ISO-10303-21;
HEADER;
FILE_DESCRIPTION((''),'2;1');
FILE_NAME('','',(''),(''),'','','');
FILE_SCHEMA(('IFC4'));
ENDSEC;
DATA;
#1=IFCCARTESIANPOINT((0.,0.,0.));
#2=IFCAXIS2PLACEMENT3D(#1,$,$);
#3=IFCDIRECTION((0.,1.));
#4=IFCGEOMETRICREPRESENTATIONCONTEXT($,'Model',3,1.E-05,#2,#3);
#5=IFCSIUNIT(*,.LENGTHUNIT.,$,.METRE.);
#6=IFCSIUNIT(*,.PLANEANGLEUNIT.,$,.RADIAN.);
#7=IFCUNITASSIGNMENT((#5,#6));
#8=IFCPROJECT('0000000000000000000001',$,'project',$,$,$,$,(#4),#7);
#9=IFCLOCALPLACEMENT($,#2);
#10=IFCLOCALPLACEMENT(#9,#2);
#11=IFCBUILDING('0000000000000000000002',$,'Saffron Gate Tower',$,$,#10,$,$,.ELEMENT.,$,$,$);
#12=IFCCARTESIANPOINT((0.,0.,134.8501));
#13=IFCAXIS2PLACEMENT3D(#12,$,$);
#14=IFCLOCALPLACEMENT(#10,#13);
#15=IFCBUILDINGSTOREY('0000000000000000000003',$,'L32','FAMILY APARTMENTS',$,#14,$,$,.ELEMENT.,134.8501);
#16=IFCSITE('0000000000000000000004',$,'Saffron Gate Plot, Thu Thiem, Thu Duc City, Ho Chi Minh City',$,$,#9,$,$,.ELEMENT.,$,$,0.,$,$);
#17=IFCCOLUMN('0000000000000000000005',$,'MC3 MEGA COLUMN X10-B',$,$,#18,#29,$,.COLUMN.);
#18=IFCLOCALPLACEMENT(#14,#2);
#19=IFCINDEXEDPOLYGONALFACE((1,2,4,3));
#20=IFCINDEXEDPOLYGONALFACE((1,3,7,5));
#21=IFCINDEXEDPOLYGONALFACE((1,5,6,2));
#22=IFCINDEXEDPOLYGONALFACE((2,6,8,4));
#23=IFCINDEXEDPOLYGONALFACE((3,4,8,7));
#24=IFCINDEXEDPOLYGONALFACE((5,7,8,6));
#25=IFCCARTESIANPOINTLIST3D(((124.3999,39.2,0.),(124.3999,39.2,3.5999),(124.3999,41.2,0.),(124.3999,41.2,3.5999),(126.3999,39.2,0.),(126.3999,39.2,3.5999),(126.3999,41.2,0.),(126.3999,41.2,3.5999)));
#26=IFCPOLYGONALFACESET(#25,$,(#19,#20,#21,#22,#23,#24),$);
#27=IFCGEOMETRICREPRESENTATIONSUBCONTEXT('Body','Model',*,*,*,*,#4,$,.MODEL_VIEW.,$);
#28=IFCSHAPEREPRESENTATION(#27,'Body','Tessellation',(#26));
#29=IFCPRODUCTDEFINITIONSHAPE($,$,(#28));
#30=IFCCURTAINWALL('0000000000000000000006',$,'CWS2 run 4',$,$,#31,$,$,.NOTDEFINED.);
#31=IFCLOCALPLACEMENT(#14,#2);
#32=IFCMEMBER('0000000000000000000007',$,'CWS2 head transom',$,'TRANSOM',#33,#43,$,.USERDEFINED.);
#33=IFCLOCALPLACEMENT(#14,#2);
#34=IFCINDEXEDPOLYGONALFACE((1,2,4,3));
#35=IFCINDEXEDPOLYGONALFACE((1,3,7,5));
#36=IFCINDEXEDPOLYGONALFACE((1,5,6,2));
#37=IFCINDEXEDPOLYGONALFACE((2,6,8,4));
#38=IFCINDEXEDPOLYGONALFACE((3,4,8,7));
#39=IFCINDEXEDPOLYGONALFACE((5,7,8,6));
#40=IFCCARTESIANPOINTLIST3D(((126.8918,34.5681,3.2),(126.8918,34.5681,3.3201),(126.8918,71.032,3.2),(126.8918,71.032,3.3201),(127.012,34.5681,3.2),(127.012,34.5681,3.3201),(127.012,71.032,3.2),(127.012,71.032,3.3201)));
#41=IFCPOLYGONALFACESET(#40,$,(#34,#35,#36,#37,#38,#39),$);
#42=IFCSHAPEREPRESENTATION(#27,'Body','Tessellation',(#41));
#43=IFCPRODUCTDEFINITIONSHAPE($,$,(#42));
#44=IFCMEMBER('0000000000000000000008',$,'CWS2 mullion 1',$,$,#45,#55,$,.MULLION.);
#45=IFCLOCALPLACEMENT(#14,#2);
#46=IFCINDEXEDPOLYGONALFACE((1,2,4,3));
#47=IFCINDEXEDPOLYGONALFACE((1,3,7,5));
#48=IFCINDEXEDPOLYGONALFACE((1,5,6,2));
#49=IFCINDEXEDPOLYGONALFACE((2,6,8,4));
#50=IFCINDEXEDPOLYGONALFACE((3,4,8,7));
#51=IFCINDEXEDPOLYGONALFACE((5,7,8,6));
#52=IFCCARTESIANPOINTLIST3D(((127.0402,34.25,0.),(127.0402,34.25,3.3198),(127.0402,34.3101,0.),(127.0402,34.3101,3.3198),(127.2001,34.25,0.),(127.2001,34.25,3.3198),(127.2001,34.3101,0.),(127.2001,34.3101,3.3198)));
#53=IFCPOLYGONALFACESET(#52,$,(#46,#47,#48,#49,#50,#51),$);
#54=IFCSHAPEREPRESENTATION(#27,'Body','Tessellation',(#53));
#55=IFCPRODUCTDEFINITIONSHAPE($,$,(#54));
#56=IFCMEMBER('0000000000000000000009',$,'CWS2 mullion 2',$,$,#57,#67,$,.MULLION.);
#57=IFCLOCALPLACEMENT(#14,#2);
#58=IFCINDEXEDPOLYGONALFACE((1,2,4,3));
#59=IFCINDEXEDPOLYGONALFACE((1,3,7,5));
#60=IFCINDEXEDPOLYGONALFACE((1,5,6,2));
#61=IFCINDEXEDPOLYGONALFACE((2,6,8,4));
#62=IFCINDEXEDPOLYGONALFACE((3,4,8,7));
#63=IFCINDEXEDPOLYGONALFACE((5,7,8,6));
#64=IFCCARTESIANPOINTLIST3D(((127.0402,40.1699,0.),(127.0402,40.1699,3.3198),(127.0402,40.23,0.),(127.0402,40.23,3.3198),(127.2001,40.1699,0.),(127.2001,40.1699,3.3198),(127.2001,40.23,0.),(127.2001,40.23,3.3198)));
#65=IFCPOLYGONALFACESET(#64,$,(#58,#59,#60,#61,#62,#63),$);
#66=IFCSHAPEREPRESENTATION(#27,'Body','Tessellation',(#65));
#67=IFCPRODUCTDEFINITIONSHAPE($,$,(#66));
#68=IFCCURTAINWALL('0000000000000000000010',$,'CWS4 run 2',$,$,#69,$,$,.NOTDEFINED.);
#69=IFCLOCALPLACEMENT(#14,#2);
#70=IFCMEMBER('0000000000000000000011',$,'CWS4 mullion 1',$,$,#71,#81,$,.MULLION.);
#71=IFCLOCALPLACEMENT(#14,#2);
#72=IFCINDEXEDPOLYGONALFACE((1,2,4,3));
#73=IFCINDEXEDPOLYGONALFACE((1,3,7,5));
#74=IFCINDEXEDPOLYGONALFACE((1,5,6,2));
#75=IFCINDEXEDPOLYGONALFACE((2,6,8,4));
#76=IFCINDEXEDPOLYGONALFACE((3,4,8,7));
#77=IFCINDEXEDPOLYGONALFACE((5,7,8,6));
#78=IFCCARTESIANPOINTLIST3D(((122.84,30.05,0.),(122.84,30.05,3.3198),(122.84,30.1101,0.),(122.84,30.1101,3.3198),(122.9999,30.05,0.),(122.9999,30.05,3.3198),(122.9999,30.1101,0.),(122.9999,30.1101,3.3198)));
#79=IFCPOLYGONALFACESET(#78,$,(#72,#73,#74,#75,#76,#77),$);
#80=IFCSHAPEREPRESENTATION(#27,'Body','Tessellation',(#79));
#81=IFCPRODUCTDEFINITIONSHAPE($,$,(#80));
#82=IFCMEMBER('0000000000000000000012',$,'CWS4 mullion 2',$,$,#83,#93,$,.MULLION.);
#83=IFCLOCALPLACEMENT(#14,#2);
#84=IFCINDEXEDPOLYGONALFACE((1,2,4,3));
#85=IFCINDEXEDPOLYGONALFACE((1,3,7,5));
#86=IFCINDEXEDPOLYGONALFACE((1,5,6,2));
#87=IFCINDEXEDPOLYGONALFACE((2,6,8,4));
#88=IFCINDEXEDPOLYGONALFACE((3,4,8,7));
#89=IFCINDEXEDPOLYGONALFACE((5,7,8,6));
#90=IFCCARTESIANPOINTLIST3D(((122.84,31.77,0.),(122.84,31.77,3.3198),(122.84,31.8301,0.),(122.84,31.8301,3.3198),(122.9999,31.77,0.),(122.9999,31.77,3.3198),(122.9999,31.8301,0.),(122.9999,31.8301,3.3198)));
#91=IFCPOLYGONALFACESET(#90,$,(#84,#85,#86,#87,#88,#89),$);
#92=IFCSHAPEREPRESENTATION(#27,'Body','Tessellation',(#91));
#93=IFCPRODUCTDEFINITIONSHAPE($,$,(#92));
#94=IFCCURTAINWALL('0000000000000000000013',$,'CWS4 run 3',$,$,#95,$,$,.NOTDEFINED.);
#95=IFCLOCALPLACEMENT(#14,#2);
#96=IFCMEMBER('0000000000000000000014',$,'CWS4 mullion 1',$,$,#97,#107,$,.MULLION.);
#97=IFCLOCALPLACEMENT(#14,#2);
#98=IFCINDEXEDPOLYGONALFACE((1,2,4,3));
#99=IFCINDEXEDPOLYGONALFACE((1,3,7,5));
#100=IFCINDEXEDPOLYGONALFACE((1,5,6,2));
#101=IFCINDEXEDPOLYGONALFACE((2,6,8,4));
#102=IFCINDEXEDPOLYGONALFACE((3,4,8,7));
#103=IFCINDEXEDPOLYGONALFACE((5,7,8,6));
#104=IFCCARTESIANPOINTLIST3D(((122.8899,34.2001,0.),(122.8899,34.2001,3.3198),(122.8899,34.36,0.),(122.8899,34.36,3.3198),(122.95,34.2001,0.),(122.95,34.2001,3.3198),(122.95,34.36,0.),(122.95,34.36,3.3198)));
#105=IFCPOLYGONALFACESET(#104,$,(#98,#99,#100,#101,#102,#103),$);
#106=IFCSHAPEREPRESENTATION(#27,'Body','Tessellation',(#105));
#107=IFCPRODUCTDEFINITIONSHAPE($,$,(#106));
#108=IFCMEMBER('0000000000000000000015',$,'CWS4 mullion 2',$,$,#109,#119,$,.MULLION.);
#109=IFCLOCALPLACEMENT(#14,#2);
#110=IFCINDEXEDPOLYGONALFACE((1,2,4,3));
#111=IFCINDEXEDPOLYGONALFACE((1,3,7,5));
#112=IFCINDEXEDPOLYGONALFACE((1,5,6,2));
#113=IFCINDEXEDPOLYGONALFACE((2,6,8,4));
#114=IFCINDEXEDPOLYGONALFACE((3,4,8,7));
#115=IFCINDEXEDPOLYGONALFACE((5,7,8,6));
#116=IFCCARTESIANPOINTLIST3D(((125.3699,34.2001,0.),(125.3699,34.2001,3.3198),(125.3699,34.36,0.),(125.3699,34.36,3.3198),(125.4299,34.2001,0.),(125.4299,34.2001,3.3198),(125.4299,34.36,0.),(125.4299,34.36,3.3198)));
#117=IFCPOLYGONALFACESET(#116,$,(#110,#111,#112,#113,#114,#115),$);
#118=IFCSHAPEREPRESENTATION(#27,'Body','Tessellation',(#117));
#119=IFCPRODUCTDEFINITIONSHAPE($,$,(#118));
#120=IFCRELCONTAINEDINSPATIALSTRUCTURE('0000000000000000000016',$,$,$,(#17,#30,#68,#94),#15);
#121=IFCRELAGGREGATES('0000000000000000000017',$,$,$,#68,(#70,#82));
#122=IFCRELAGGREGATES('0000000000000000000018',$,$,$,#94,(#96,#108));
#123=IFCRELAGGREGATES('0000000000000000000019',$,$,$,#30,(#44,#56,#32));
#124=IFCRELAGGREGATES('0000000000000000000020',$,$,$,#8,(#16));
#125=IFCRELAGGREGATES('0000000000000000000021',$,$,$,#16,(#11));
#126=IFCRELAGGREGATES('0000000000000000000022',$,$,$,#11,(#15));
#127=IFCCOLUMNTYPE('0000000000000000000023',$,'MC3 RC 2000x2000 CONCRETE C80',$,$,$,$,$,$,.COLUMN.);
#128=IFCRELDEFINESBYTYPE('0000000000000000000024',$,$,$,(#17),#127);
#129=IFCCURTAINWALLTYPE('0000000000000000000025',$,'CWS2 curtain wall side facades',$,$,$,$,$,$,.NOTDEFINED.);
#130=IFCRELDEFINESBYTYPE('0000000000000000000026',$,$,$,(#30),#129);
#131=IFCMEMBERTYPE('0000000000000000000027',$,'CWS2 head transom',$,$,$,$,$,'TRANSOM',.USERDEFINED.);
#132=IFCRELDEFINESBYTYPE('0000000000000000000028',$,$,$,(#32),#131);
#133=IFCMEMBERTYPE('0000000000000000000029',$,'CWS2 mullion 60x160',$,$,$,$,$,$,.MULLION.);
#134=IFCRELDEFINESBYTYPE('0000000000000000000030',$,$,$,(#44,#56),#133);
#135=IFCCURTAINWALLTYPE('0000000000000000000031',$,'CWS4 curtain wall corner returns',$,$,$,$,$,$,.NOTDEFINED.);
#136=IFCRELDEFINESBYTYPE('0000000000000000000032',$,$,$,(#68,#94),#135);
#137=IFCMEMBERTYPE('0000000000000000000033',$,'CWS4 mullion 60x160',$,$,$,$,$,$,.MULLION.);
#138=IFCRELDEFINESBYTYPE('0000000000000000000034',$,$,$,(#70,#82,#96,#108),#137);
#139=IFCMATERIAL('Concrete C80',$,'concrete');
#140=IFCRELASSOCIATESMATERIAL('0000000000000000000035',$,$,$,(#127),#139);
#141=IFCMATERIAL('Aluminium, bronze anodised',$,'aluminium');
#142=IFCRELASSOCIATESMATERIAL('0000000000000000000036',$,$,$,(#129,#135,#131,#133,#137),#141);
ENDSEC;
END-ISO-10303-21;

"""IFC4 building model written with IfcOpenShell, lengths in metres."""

from ifc_helpers import new_model, si_unit, direction, frame, origin, origin_2d, place, context, subcontext, project, spatial, rectangle, extrude, material, material_profile, profile_set, type_object, element, aggregate, save


model = new_model("IFC4")

# Units and contexts
model_context = context("Model", 3, precision=1e-05, world=origin(), true_north=direction((0.0, 1.0)))
body_context = subcontext(model_context, "Body", "Model", "MODEL_VIEW")
ifc_project = project(units=[si_unit("LENGTHUNIT", "METRE"), si_unit("PLANEANGLEUNIT", "RADIAN")], contexts=[model_context])

# Site, building, storey
site_placement = place(None, origin())
site = spatial("IfcSite", under=ifc_project, at=site_placement, Name="Saffron Gate Plot, Thu Thiem, Thu Duc City, Ho Chi Minh City", CompositionType="ELEMENT", RefElevation=0.0)
building_placement = place(site_placement, origin())
building = spatial("IfcBuilding", under=site, at=building_placement, Name="Saffron Gate Tower", CompositionType="ELEMENT")
storey_placement = place(building_placement, frame((0.0, 0.0, 134.8501)))
storey = spatial("IfcBuildingStorey", under=building, at=storey_placement, Name="L32", Description="FAMILY APARTMENTS", CompositionType="ELEMENT", Elevation=134.8501)

# Column
ifc_material_1 = material(Name="Concrete C80", Category="concrete")
ifc_material_profile_1 = material_profile(ifc_material_1, rectangle(XDim=2.0, YDim=2.0, at=origin_2d()))
ifc_profile_set_1 = profile_set([ifc_material_profile_1], Name="Concrete C80")
column_type = type_object("IfcColumnType", Name="MC3 RC 2000x2000 CONCRETE C80", PredefinedType="COLUMN", material=ifc_profile_set_1)
column_placement = place(storey_placement, frame((125.3999, 40.2, 0.0), z_axis=(0.0, 0.0, 1.0), x_axis=(1.0, 0.0, 0.0)))
element("IfcColumn", 1, at=column_placement, inside=storey, type_object=column_type, Name="MC3 MEGA COLUMN X10-B", PredefinedType="COLUMN", context=body_context, shape_type="SweptSolid", body=[
    extrude(rectangle(XDim=2.0, YDim=2.0, at=origin_2d()), origin(), (0.0, 0.0, 1.0), 3.5999),
])

# Curtain walls, members
ifc_material_2 = material(Name="Aluminium, bronze anodised", Category="aluminium")
curtain_wall_type_1 = type_object("IfcCurtainWallType", Name="CWS2 curtain wall side facades", PredefinedType="NOTDEFINED", material=ifc_material_2)
curtain_wall_1_placement = place(storey_placement, origin())
curtain_wall_1 = element("IfcCurtainWall", 2, at=curtain_wall_1_placement, inside=storey, type_object=curtain_wall_type_1, Name="CWS2 run 4", PredefinedType="NOTDEFINED")
ifc_material_profile_2 = material_profile(ifc_material_2, rectangle(XDim=0.1201, YDim=0.1201, at=origin_2d()))
ifc_profile_set_2 = profile_set([ifc_material_profile_2], Name="Aluminium, bronze anodised")
member_type_1 = type_object("IfcMemberType", Name="CWS2 head transom", ElementType="TRANSOM", PredefinedType="USERDEFINED", material=ifc_profile_set_2)
member_1_placement = place(storey_placement, frame((126.9519, 34.5681, 3.26), z_axis=(0.0, 1.0, 0.0), x_axis=(-1.0, 0.0, 0.0)))
member_1 = element("IfcMember", 3, at=member_1_placement, type_object=member_type_1, Name="CWS2 head transom", ObjectType="TRANSOM", PredefinedType="USERDEFINED", context=body_context, shape_type="SweptSolid", body=[
    extrude(rectangle(XDim=0.1201, YDim=0.1201, at=origin_2d()), origin(), (0.0, 0.0, 1.0), 36.4639),
])
ifc_material_profile_3 = material_profile(ifc_material_2, rectangle(XDim=0.1599, YDim=0.0601, at=origin_2d()))
ifc_profile_set_3 = profile_set([ifc_material_profile_3], Name="Aluminium, bronze anodised")
member_type_2 = type_object("IfcMemberType", Name="CWS2 mullion 60x160", PredefinedType="MULLION", material=ifc_profile_set_3)
member_2_placement = place(storey_placement, frame((127.1201, 34.28, 0.0), z_axis=(0.0, 0.0, 1.0), x_axis=(-1.0, 0.0, 0.0)))
member_2 = element("IfcMember", 4, at=member_2_placement, type_object=member_type_2, Name="CWS2 mullion 1", PredefinedType="MULLION", context=body_context, shape_type="SweptSolid", body=[
    extrude(rectangle(XDim=0.1599, YDim=0.0601, at=origin_2d()), origin(), (0.0, 0.0, 1.0), 3.3198),
])
member_3_placement = place(storey_placement, frame((127.1201, 40.2, 0.0), z_axis=(0.0, 0.0, 1.0), x_axis=(-1.0, 0.0, 0.0)))
member_3 = element("IfcMember", 5, at=member_3_placement, type_object=member_type_2, Name="CWS2 mullion 2", PredefinedType="MULLION", context=body_context, shape_type="SweptSolid", body=[
    extrude(rectangle(XDim=0.1599, YDim=0.0601, at=origin_2d()), origin(), (0.0, 0.0, 1.0), 3.3198),
])
curtain_wall_type_2 = type_object("IfcCurtainWallType", Name="CWS4 curtain wall corner returns", PredefinedType="NOTDEFINED", material=ifc_material_2)
curtain_wall_2_placement = place(storey_placement, origin())
curtain_wall_2 = element("IfcCurtainWall", 6, at=curtain_wall_2_placement, inside=storey, type_object=curtain_wall_type_2, Name="CWS4 run 2", PredefinedType="NOTDEFINED")
ifc_material_profile_4 = material_profile(ifc_material_2, rectangle(XDim=0.1599, YDim=0.0601, at=origin_2d()))
ifc_profile_set_4 = profile_set([ifc_material_profile_4], Name="Aluminium, bronze anodised")
member_type_3 = type_object("IfcMemberType", Name="CWS4 mullion 60x160", PredefinedType="MULLION", material=ifc_profile_set_4)
member_4_placement = place(storey_placement, frame((122.9199, 30.0801, 0.0), z_axis=(0.0, 0.0, 1.0), x_axis=(-1.0, 0.0, 0.0)))
member_4 = element("IfcMember", 7, at=member_4_placement, type_object=member_type_3, Name="CWS4 mullion 1", PredefinedType="MULLION", context=body_context, shape_type="SweptSolid", body=[
    extrude(rectangle(XDim=0.1599, YDim=0.0601, at=origin_2d()), origin(), (0.0, 0.0, 1.0), 3.3198),
])
member_5_placement = place(storey_placement, frame((122.9199, 31.8, 0.0), z_axis=(0.0, 0.0, 1.0), x_axis=(-1.0, 0.0, 0.0)))
member_5 = element("IfcMember", 8, at=member_5_placement, type_object=member_type_3, Name="CWS4 mullion 2", PredefinedType="MULLION", context=body_context, shape_type="SweptSolid", body=[
    extrude(rectangle(XDim=0.1599, YDim=0.0601, at=origin_2d()), origin(), (0.0, 0.0, 1.0), 3.3198),
])
aggregate(curtain_wall_2, [member_4, member_5])
curtain_wall_3_placement = place(storey_placement, origin())
curtain_wall_3 = element("IfcCurtainWall", 9, at=curtain_wall_3_placement, inside=storey, type_object=curtain_wall_type_2, Name="CWS4 run 3", PredefinedType="NOTDEFINED")
member_6_placement = place(storey_placement, frame((122.9199, 34.28, 0.0), z_axis=(0.0, 0.0, 1.0), x_axis=(0.0, 1.0, 0.0)))
member_6 = element("IfcMember", 10, at=member_6_placement, type_object=member_type_3, Name="CWS4 mullion 1", PredefinedType="MULLION", context=body_context, shape_type="SweptSolid", body=[
    extrude(rectangle(XDim=0.1599, YDim=0.0601, at=origin_2d()), origin(), (0.0, 0.0, 1.0), 3.3198),
])
member_7_placement = place(storey_placement, frame((125.3999, 34.28, 0.0), z_axis=(0.0, 0.0, 1.0), x_axis=(0.0, 1.0, 0.0)))
member_7 = element("IfcMember", 11, at=member_7_placement, type_object=member_type_3, Name="CWS4 mullion 2", PredefinedType="MULLION", context=body_context, shape_type="SweptSolid", body=[
    extrude(rectangle(XDim=0.1599, YDim=0.0601, at=origin_2d()), origin(), (0.0, 0.0, 1.0), 3.3198),
])
aggregate(curtain_wall_3, [member_6, member_7])

aggregate(curtain_wall_1, [member_2, member_3, member_1])

save(model, "model.ifc")
